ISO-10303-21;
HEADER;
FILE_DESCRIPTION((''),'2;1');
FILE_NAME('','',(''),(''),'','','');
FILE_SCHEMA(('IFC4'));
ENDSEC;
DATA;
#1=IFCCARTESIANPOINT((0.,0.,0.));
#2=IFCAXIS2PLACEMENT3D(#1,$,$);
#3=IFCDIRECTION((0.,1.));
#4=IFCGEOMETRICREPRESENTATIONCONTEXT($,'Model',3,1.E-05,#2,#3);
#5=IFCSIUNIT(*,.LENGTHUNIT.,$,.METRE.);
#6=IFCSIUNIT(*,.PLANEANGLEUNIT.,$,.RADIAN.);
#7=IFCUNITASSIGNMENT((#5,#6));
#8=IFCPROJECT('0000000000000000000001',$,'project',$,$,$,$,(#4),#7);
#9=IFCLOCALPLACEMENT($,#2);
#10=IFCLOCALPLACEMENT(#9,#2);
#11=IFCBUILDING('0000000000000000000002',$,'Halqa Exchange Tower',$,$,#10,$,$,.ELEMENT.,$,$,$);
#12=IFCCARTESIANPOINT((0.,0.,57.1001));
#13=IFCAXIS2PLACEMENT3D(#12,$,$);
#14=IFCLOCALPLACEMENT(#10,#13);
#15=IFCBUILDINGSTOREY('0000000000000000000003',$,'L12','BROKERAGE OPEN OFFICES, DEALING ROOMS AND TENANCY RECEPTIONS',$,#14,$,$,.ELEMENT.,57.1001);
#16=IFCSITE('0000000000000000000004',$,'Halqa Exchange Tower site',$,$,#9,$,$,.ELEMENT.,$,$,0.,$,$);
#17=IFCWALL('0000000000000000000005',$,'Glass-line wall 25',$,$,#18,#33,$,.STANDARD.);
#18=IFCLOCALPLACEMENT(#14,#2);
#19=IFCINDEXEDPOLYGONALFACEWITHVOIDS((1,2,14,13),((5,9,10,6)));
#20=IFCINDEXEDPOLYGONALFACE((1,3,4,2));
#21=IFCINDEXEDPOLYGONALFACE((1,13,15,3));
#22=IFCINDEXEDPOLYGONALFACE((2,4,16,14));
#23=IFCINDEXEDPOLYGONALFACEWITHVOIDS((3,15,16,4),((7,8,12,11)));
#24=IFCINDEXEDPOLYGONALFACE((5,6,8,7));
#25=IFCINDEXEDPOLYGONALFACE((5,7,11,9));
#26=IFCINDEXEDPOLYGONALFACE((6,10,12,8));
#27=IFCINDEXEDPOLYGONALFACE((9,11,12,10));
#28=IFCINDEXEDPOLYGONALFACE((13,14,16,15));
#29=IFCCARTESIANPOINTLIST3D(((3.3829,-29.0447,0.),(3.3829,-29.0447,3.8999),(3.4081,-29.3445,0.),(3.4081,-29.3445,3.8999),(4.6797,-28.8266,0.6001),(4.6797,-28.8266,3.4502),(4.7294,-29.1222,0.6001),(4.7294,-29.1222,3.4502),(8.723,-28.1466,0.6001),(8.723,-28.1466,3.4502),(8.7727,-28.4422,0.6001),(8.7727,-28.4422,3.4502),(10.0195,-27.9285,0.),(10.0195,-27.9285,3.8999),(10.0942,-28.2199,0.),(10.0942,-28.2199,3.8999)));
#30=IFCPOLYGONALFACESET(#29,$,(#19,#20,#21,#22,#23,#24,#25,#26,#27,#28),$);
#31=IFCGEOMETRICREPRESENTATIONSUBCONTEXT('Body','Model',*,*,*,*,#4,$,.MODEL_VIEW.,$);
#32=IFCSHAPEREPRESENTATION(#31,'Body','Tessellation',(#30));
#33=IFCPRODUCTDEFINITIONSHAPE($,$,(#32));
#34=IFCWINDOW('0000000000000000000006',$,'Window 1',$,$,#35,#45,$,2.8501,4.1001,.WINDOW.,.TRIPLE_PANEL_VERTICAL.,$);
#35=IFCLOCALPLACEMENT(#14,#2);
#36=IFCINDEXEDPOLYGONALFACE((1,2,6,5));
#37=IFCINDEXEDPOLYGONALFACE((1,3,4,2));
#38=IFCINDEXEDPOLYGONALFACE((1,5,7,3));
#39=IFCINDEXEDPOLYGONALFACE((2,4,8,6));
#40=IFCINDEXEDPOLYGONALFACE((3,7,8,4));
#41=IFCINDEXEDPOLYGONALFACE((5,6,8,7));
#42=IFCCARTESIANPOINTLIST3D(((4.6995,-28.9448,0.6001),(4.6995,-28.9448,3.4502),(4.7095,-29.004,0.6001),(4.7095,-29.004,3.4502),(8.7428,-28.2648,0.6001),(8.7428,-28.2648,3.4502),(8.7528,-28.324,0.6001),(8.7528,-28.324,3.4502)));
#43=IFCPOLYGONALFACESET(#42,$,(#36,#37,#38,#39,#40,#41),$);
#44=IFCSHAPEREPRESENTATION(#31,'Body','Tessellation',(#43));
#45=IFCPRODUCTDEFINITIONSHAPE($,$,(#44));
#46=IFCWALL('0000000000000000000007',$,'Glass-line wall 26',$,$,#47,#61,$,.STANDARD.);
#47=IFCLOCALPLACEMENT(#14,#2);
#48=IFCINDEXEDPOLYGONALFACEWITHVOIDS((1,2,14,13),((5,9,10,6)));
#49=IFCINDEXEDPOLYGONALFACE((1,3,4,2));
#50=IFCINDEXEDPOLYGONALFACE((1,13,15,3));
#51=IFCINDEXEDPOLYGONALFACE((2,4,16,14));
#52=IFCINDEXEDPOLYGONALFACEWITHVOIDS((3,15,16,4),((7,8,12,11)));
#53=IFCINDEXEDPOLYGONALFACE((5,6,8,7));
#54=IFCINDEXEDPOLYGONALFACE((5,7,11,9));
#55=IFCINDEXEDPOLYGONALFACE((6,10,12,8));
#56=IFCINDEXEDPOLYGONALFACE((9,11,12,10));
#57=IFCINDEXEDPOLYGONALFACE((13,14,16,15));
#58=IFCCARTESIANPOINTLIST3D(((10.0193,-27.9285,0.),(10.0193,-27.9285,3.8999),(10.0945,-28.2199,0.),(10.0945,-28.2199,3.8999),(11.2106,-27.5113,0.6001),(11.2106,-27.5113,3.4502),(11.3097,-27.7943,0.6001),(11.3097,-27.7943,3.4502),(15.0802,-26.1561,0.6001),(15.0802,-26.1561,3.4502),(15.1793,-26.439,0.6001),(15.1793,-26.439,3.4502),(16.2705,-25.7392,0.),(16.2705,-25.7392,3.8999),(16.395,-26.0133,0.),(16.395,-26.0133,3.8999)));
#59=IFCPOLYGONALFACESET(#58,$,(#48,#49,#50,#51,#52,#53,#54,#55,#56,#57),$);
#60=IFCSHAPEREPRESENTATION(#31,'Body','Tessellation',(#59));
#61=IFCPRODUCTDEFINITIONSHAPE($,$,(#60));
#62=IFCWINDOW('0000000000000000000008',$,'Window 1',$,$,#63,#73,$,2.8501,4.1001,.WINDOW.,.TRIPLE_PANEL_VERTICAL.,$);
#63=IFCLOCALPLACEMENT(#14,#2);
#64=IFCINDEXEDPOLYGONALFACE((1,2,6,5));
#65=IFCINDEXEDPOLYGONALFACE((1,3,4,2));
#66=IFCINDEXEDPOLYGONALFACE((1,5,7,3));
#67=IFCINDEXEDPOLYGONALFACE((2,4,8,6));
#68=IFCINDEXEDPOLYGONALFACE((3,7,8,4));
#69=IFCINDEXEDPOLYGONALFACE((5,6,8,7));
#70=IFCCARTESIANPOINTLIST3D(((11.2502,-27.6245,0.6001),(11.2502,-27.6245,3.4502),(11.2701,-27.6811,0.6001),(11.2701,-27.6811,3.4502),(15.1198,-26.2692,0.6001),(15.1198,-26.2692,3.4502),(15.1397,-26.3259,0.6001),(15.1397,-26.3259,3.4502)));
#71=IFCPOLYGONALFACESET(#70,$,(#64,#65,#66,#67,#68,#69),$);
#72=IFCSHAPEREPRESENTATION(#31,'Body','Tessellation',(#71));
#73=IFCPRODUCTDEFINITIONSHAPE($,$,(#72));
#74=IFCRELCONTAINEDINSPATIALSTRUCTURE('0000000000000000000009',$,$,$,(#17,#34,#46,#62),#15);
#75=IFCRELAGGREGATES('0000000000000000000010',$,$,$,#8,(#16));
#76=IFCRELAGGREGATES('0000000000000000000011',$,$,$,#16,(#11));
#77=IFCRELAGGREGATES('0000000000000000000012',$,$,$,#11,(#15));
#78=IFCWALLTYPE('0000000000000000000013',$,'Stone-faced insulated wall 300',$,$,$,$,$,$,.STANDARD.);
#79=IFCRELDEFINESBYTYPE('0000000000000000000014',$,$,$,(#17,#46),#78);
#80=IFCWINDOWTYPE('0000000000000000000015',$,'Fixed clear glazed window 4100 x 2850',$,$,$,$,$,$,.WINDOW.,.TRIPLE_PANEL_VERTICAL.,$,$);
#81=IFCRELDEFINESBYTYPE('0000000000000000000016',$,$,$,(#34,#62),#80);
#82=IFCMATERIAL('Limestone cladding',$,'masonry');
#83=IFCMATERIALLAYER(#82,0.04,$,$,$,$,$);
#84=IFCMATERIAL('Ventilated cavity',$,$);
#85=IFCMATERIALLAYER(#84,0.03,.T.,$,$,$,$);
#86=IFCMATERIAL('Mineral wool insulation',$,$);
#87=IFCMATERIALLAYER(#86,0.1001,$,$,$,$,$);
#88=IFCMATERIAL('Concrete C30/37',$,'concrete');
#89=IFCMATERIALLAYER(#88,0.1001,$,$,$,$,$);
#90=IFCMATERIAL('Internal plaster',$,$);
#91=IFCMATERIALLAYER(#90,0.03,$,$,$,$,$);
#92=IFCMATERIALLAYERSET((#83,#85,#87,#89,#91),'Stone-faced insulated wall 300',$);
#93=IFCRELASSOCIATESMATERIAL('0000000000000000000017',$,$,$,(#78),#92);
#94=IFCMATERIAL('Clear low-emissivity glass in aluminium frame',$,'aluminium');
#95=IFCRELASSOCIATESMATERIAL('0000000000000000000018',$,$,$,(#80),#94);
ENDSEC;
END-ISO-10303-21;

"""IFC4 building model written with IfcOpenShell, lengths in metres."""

from ifc_helpers import new_model, si_unit, direction, frame, frame_2d, origin, place, context, subcontext, project, spatial, polyline, rectangle, outline, extrude, material, layer, layer_set, type_object, element, fill, save


model = new_model("IFC4")

# Units and contexts
model_context = context("Model", 3, precision=1e-05, world=origin(), true_north=direction((0.0, 1.0)))
body_context = subcontext(model_context, "Body", "Model", "MODEL_VIEW")
ifc_project = project(units=[si_unit("LENGTHUNIT", "METRE"), si_unit("PLANEANGLEUNIT", "RADIAN")], contexts=[model_context])

# Site, building, storey
site_placement = place(None, origin())
site = spatial("IfcSite", under=ifc_project, at=site_placement, Name="Halqa Exchange Tower site", CompositionType="ELEMENT", RefElevation=0.0)
building_placement = place(site_placement, origin())
building = spatial("IfcBuilding", under=site, at=building_placement, Name="Halqa Exchange Tower", CompositionType="ELEMENT")
storey_placement = place(building_placement, frame((0.0, 0.0, 57.1001)))
storey = spatial("IfcBuildingStorey", under=building, at=storey_placement, Name="L12", Description="BROKERAGE OPEN OFFICES, DEALING ROOMS AND TENANCY RECEPTIONS", CompositionType="ELEMENT", Elevation=57.1001)

# Shared definitions
ifc_material_1 = material(Name="Concrete C30/37", Category="concrete")

# Walls, openings, windows
ifc_material_2 = material(Name="Limestone cladding", Category="masonry")
ifc_layer_1 = layer(ifc_material_2, 0.04)
ifc_material_3 = material(Name="Ventilated cavity")
ifc_layer_2 = layer(ifc_material_3, 0.03, ventilated=True)
ifc_material_4 = material(Name="Mineral wool insulation")
ifc_layer_3 = layer(ifc_material_4, 0.1001)
ifc_layer_4 = layer(ifc_material_1, 0.1001)
ifc_material_5 = material(Name="Internal plaster")
ifc_layer_5 = layer(ifc_material_5, 0.03)
ifc_layer_set_1 = layer_set([ifc_layer_1, ifc_layer_2, ifc_layer_3, ifc_layer_4, ifc_layer_5], Name="Stone-faced insulated wall 300")
wall_type_1 = type_object("IfcWallType", Name="Stone-faced insulated wall 300", PredefinedType="STANDARD", material=ifc_layer_set_1)
wall_1_placement = place(storey_placement, frame((3.3955, -29.1946, 0.0), z_axis=(0.0, 0.0, 1.0), x_axis=(0.98615, 0.165858, 0.0)))
wall_1 = element("IfcWall", 1, at=wall_1_placement, inside=storey, type_object=wall_type_1, Name="Glass-line wall 25", PredefinedType="STANDARD", context=body_context, shape_type="SweptSolid", body=[
    extrude(outline(polyline([(-0.0125, -0.1499), (6.7676, -0.1499), (6.7422, 0.1499), (0.0125, 0.1499), (-0.0125, -0.1499)])), origin(), (0.0, 0.0, 1.0), 3.8999),
])
opening_1_placement = place(wall_1_placement, frame((1.3274, 0.0, 0.6001)))
opening_1 = element("IfcOpeningElement", 2, at=opening_1_placement, cuts=wall_1, PredefinedType="OPENING", context=body_context, shape_type="SweptSolid", body=[
    extrude(rectangle(XDim=4.1001, YDim=2.8501, at=frame_2d((2.05, 1.425))), frame((0.0, 0.1621, 0.0), z_axis=(0.0, -1.0, 0.0), x_axis=(1.0, 0.0, 0.0)), (0.0, 0.0, 1.0), 0.324),
])
ifc_material_6 = material(Name="Clear low-emissivity glass in aluminium frame", Category="aluminium")
window_type = type_object("IfcWindowType", Name="Fixed clear glazed window 4100 x 2850", PartitioningType="TRIPLE_PANEL_VERTICAL", PredefinedType="WINDOW", material=ifc_material_6)
window_1_placement = place(opening_1_placement, origin())
window_1 = element("IfcWindow", 3, at=window_1_placement, inside=storey, type_object=window_type, Name="Window 1", OverallHeight=2.8501, OverallWidth=4.1001, PartitioningType="TRIPLE_PANEL_VERTICAL", PredefinedType="WINDOW", context=body_context, shape_type="SweptSolid", body=[
    extrude(rectangle(XDim=4.1001, YDim=2.8501, at=frame_2d((2.05, 1.425))), frame((0.0, 0.03, 0.0), z_axis=(0.0, -1.0, 0.0), x_axis=(1.0, 0.0, 0.0)), (0.0, 0.0, 1.0), 0.0601),
])
fill(opening_1, window_1)
wall_2_placement = place(storey_placement, frame((10.0569, -28.0742, 0.0), z_axis=(0.0, 0.0, 1.0), x_axis=(0.943791, 0.330543, 0.0)))
wall_2 = element("IfcWall", 4, at=wall_2_placement, inside=storey, type_object=wall_type_1, Name="Glass-line wall 26", PredefinedType="STANDARD", context=body_context, shape_type="SweptSolid", body=[
    extrude(outline(polyline([(-0.0127, -0.1499), (6.6631, -0.1499), (6.6362, 0.1499), (0.0127, 0.1499), (-0.0127, -0.1499)])), origin(), (0.0, 0.0, 1.0), 3.8999),
])
opening_2_placement = place(wall_2_placement, frame((1.2749, 0.0, 0.6001)))
opening_2 = element("IfcOpeningElement", 5, at=opening_2_placement, cuts=wall_2, PredefinedType="OPENING", context=body_context, shape_type="SweptSolid", body=[
    extrude(rectangle(XDim=4.1001, YDim=2.8501, at=frame_2d((2.05, 1.425))), frame((0.0, 0.1621, 0.0), z_axis=(0.0, -1.0, 0.0), x_axis=(1.0, 0.0, 0.0)), (0.0, 0.0, 1.0), 0.324),
])
window_2_placement = place(opening_2_placement, origin())
window_2 = element("IfcWindow", 6, at=window_2_placement, inside=storey, type_object=window_type, Name="Window 1", OverallHeight=2.8501, OverallWidth=4.1001, PartitioningType="TRIPLE_PANEL_VERTICAL", PredefinedType="WINDOW", context=body_context, shape_type="SweptSolid", body=[
    extrude(rectangle(XDim=4.1001, YDim=2.8501, at=frame_2d((2.05, 1.425))), frame((0.0, 0.03, 0.0), z_axis=(0.0, -1.0, 0.0), x_axis=(1.0, 0.0, 0.0)), (0.0, 0.0, 1.0), 0.0601),
])
fill(opening_2, window_2)

save(model, "model.ifc")
